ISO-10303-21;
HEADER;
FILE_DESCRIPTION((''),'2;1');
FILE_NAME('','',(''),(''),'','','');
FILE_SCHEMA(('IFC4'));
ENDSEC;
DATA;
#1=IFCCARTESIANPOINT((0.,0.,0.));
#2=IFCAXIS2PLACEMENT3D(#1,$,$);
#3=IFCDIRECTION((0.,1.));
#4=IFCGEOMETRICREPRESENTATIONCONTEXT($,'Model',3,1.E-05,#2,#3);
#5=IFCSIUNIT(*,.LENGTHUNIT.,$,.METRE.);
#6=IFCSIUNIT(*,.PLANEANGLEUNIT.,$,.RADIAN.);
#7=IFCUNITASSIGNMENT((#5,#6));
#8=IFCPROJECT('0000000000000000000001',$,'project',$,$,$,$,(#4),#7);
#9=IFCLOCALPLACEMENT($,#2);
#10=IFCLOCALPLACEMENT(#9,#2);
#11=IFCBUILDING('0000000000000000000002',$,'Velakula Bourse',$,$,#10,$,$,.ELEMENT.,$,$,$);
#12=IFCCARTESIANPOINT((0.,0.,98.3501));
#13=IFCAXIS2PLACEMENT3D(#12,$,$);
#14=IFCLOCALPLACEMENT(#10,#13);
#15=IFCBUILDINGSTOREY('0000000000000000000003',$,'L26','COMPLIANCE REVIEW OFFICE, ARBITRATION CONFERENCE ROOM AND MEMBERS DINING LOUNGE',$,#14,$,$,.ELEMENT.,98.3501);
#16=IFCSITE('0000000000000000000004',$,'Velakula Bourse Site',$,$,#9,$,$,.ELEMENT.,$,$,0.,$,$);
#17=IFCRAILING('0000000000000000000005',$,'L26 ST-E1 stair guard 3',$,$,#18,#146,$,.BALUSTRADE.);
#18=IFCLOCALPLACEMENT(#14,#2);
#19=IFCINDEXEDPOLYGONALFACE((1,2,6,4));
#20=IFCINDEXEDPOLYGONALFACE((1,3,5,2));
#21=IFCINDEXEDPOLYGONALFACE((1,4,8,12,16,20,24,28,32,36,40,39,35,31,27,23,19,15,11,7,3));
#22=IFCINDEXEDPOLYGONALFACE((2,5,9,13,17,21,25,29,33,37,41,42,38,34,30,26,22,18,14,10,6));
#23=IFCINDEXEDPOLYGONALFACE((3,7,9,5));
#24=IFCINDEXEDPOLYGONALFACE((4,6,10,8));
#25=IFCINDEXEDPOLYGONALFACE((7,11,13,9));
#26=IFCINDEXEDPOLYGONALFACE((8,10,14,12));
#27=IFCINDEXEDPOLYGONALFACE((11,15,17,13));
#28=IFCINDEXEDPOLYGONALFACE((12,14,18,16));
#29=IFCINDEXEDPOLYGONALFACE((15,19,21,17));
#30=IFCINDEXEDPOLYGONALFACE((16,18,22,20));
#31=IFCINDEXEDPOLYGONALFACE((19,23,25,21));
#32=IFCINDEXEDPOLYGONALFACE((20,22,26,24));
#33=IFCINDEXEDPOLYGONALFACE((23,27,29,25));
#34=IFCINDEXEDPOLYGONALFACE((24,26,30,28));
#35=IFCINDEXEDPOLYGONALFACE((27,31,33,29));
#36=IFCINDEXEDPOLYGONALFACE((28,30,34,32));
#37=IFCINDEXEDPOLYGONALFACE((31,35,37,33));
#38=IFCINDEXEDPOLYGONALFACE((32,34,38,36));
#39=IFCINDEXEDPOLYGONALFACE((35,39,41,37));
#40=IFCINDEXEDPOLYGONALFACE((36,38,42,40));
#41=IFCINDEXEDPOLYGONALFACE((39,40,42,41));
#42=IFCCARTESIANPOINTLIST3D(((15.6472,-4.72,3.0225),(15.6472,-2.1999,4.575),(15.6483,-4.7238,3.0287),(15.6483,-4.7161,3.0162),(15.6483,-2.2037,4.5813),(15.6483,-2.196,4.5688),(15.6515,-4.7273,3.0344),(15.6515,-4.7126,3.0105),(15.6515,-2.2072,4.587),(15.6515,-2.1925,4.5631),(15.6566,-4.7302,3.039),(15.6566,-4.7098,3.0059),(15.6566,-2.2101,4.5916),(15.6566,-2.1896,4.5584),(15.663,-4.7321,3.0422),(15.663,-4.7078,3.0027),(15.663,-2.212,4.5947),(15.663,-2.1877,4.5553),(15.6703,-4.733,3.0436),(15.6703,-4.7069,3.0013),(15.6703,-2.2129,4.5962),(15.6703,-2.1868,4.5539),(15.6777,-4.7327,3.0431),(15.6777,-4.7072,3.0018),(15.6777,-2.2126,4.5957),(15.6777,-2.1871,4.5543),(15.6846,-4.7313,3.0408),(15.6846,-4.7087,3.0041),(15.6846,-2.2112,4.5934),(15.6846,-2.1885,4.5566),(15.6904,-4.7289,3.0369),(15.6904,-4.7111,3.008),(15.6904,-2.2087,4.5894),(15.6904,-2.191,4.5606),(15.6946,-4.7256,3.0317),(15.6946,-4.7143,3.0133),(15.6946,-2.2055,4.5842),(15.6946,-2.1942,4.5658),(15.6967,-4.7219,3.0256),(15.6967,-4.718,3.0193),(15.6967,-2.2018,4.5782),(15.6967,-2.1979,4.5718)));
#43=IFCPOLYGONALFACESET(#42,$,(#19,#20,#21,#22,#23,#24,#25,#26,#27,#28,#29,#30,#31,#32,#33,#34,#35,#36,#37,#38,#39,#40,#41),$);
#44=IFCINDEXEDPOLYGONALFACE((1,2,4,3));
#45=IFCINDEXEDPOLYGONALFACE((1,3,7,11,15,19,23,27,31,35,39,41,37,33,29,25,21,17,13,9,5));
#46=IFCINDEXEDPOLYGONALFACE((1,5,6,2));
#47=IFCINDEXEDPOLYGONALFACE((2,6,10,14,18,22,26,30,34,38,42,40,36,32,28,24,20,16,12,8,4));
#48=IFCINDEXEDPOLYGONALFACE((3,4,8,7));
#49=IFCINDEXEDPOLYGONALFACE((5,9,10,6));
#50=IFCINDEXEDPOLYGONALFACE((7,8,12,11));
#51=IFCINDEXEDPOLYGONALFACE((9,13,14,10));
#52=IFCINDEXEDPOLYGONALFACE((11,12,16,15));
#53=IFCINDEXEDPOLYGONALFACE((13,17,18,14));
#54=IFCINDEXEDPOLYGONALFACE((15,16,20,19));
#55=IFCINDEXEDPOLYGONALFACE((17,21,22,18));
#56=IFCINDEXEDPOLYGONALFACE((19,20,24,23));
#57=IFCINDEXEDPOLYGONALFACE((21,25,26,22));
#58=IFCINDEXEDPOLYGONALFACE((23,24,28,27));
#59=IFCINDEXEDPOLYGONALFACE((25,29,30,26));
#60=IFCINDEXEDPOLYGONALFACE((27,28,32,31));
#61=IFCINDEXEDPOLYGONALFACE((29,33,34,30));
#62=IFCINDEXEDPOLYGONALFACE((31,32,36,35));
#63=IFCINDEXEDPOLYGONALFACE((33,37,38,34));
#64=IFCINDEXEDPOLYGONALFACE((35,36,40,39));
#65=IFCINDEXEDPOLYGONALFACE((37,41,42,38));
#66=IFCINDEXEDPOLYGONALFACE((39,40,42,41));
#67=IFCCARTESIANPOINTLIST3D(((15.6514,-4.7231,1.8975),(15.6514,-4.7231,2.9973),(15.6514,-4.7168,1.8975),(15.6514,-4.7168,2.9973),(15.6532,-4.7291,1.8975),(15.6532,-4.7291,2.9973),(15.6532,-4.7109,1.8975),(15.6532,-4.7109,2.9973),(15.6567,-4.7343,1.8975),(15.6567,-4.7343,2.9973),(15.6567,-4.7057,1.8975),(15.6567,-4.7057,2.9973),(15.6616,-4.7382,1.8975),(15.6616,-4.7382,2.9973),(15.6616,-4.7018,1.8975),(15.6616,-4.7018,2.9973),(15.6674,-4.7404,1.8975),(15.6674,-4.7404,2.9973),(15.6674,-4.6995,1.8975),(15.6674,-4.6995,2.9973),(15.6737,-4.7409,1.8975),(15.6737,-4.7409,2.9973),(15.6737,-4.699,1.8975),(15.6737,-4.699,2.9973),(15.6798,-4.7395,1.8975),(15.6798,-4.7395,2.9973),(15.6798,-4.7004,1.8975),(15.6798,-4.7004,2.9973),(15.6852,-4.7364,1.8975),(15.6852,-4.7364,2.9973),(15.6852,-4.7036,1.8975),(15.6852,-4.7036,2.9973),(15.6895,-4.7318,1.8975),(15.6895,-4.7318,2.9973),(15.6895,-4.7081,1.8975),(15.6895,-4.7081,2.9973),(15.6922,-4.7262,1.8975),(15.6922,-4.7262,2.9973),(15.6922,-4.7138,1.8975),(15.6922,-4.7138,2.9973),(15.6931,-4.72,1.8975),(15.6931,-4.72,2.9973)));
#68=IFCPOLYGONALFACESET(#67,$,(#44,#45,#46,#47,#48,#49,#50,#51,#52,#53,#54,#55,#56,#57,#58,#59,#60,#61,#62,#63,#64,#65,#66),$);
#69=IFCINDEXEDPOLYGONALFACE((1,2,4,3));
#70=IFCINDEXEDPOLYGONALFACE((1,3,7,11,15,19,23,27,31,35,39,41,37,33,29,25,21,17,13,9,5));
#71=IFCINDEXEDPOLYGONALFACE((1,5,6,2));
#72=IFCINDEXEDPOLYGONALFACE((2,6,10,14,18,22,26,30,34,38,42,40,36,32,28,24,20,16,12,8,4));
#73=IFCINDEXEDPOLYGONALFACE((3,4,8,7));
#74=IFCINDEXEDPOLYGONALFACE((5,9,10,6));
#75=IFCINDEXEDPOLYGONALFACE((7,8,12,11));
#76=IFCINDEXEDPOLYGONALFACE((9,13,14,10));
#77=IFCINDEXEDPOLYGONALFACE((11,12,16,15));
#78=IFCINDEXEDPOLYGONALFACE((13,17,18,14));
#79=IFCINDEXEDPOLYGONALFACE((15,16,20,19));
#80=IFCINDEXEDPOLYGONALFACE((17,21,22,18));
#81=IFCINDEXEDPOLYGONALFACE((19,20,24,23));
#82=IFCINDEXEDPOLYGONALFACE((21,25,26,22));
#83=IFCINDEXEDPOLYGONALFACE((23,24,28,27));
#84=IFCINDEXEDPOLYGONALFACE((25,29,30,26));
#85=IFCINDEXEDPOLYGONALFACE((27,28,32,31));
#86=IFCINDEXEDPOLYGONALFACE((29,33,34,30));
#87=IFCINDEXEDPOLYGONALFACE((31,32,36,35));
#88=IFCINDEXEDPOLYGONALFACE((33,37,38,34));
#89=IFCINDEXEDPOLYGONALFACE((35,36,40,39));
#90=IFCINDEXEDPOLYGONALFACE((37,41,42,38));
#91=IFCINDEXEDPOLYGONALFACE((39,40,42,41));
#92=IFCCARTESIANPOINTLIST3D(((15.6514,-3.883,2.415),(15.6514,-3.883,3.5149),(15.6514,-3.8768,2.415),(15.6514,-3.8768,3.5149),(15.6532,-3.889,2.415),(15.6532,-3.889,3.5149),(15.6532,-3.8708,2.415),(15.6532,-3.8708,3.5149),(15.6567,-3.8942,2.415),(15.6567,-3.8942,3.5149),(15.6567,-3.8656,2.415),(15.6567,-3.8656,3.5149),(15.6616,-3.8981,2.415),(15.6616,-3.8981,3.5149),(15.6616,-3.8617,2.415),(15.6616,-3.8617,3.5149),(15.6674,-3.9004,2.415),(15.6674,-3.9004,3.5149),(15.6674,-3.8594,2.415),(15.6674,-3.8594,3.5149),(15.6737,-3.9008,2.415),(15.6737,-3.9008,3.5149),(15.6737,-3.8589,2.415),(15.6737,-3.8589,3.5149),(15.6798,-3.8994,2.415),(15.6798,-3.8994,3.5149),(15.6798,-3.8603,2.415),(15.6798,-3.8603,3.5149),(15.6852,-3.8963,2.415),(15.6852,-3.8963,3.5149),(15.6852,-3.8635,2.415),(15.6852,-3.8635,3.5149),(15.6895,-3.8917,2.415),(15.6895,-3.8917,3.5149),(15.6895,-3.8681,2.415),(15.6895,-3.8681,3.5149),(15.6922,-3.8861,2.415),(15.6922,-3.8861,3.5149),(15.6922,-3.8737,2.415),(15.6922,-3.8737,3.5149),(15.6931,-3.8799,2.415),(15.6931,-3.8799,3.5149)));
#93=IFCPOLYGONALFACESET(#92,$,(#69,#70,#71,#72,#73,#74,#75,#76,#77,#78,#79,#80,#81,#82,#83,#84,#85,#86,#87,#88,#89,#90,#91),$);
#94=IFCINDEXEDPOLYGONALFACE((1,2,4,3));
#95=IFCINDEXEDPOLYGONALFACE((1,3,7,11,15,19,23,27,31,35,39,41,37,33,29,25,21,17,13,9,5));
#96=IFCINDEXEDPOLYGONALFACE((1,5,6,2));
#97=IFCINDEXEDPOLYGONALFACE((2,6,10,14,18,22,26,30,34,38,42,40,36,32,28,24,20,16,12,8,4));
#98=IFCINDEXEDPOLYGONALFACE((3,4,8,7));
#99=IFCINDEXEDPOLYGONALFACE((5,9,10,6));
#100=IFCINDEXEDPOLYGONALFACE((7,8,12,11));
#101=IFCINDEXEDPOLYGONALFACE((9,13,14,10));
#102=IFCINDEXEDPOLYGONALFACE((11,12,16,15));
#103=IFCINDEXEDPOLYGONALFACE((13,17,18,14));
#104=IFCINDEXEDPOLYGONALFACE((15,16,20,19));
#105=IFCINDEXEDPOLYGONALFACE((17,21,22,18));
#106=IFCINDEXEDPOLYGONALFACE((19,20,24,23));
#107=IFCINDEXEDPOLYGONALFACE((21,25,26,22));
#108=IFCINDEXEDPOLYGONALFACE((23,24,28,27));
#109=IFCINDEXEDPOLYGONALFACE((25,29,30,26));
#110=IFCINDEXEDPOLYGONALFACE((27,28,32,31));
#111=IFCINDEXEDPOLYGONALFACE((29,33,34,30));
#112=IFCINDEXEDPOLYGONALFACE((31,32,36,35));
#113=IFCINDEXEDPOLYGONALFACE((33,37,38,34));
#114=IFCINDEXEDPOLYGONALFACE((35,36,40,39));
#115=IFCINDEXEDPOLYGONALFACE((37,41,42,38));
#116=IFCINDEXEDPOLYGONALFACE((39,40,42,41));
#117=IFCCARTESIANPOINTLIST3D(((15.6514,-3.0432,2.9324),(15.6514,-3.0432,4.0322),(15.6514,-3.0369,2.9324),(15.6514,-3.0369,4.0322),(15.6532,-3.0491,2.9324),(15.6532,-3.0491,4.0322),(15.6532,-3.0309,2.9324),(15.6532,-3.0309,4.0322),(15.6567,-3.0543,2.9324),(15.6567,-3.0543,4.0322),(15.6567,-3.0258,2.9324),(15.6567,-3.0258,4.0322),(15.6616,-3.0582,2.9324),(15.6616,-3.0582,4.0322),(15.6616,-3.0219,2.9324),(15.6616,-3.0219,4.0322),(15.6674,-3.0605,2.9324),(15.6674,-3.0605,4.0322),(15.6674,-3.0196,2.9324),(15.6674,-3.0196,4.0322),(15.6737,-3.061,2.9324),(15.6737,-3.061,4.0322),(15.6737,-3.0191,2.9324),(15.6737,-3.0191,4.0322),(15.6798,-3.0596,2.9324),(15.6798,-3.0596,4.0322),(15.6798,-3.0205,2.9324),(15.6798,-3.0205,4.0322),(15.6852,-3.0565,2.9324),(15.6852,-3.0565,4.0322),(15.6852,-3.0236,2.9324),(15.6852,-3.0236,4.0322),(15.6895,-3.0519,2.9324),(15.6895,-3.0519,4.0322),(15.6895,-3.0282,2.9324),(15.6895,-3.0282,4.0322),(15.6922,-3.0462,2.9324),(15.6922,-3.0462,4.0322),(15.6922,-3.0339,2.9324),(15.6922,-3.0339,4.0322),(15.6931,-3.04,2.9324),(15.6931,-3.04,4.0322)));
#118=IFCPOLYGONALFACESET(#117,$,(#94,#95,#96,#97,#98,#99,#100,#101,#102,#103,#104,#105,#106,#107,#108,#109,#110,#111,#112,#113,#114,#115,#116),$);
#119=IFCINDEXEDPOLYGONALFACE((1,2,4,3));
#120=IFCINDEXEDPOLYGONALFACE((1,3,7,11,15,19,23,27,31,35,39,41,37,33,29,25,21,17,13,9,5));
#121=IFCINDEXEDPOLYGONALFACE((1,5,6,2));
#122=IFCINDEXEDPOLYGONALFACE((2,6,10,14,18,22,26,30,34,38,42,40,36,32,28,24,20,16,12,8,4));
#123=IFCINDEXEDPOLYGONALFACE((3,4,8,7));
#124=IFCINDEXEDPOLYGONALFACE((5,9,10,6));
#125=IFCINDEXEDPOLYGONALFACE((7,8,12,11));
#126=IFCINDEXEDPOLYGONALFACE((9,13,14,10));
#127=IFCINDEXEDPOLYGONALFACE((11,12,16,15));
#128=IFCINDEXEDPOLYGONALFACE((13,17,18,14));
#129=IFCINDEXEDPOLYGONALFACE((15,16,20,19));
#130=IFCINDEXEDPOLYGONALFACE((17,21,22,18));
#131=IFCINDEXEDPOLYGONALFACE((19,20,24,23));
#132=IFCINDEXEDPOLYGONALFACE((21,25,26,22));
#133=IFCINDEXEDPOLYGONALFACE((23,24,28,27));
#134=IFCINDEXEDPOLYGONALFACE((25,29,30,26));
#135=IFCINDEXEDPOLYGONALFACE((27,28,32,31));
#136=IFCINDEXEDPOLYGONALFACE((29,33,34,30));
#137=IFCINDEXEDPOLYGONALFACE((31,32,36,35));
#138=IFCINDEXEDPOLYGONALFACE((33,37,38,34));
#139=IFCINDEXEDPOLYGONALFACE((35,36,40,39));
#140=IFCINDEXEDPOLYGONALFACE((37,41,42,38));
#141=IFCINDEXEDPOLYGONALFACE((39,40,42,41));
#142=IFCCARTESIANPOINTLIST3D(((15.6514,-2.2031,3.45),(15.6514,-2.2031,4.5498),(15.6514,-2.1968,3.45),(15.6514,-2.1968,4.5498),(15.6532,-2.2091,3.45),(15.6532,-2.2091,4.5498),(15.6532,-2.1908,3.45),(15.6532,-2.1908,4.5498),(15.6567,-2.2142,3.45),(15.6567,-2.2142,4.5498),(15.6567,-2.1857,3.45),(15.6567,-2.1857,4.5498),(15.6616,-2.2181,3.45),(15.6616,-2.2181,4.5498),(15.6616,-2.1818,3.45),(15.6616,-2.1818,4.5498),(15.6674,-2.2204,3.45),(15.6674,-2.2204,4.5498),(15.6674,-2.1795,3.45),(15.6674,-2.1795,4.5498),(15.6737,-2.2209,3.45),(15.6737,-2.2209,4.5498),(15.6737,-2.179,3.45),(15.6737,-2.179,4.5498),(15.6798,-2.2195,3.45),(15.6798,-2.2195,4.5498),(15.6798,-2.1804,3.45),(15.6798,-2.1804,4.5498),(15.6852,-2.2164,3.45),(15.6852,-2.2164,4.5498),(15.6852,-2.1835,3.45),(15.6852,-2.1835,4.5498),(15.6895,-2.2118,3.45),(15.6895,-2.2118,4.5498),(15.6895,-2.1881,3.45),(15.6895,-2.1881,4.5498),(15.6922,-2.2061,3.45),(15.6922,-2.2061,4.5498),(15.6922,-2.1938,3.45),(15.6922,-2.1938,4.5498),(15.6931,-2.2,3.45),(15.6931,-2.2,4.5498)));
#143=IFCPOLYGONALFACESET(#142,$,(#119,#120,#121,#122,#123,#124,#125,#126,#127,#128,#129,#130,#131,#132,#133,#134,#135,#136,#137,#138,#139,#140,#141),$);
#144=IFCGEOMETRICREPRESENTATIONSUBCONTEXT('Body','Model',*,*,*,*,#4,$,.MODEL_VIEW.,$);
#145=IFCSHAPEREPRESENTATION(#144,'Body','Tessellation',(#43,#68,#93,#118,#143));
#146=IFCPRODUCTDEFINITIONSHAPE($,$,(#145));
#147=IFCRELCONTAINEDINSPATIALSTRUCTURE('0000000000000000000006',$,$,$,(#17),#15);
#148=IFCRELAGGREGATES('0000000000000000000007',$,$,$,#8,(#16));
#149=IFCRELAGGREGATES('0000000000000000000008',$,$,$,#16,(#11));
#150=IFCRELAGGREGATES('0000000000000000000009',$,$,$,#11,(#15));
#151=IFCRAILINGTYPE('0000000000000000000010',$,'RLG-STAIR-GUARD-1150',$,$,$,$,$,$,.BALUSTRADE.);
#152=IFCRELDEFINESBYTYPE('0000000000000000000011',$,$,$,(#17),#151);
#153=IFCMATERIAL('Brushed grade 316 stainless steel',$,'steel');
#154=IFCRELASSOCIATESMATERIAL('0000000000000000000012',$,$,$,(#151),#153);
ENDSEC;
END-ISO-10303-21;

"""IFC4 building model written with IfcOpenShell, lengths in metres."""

from ifc_helpers import new_model, si_unit, direction, frame, origin, origin_2d, place, context, subcontext, project, spatial, circle, extrude, material, type_object, element, save


model = new_model("IFC4")

# Units and contexts
model_context = context("Model", 3, precision=1e-05, world=origin(), true_north=direction((0.0, 1.0)))
body_context = subcontext(model_context, "Body", "Model", "MODEL_VIEW")
ifc_project = project(units=[si_unit("LENGTHUNIT", "METRE"), si_unit("PLANEANGLEUNIT", "RADIAN")], contexts=[model_context])

# Site, building, storey
site_placement = place(None, origin())
site = spatial("IfcSite", under=ifc_project, at=site_placement, Name="Velakula Bourse Site", CompositionType="ELEMENT", RefElevation=0.0)
building_placement = place(site_placement, origin())
building = spatial("IfcBuilding", under=site, at=building_placement, Name="Velakula Bourse", CompositionType="ELEMENT")
storey_placement = place(building_placement, frame((0.0, 0.0, 98.3501)))
storey = spatial("IfcBuildingStorey", under=building, at=storey_placement, Name="L26", Description="COMPLIANCE REVIEW OFFICE, ARBITRATION CONFERENCE ROOM AND MEMBERS DINING LOUNGE", CompositionType="ELEMENT", Elevation=98.3501)

# Railing
ifc_material_1 = material(Name="Brushed grade 316 stainless steel", Category="steel")
railing_type_1 = type_object("IfcRailingType", Name="RLG-STAIR-GUARD-1150", PredefinedType="BALUSTRADE", material=ifc_material_1)
railing_1_placement = place(storey_placement, frame((15.6721, -4.72, 1.8975)))
element("IfcRailing", 1, at=railing_1_placement, inside=storey, type_object=railing_type_1, Name="L26 ST-E1 stair guard 3", PredefinedType="BALUSTRADE", context=body_context, shape_type="SweptSolid", body=[
    extrude(circle(Radius=0.0249, at=origin_2d()), frame((0.0, 0.0, 1.125), z_axis=(0.0, 0.8514, 0.524516), x_axis=(-1.0, 0.0, 0.0)), (0.0, 0.0, 1.0), 2.96),
    extrude(circle(Radius=0.021, at=origin_2d()), origin(), (0.0, 0.0, 1.0), 1.0999),
    extrude(circle(Radius=0.021, at=origin_2d()), frame((0.0, 0.8401, 0.5176)), (0.0, 0.0, 1.0), 1.0999),
    extrude(circle(Radius=0.021, at=origin_2d()), frame((0.0, 1.6799, 1.0349)), (0.0, 0.0, 1.0), 1.0999),
    extrude(circle(Radius=0.021, at=origin_2d()), frame((0.0, 2.52, 1.5525)), (0.0, 0.0, 1.0), 1.0999),
])

save(model, "model.ifc")
